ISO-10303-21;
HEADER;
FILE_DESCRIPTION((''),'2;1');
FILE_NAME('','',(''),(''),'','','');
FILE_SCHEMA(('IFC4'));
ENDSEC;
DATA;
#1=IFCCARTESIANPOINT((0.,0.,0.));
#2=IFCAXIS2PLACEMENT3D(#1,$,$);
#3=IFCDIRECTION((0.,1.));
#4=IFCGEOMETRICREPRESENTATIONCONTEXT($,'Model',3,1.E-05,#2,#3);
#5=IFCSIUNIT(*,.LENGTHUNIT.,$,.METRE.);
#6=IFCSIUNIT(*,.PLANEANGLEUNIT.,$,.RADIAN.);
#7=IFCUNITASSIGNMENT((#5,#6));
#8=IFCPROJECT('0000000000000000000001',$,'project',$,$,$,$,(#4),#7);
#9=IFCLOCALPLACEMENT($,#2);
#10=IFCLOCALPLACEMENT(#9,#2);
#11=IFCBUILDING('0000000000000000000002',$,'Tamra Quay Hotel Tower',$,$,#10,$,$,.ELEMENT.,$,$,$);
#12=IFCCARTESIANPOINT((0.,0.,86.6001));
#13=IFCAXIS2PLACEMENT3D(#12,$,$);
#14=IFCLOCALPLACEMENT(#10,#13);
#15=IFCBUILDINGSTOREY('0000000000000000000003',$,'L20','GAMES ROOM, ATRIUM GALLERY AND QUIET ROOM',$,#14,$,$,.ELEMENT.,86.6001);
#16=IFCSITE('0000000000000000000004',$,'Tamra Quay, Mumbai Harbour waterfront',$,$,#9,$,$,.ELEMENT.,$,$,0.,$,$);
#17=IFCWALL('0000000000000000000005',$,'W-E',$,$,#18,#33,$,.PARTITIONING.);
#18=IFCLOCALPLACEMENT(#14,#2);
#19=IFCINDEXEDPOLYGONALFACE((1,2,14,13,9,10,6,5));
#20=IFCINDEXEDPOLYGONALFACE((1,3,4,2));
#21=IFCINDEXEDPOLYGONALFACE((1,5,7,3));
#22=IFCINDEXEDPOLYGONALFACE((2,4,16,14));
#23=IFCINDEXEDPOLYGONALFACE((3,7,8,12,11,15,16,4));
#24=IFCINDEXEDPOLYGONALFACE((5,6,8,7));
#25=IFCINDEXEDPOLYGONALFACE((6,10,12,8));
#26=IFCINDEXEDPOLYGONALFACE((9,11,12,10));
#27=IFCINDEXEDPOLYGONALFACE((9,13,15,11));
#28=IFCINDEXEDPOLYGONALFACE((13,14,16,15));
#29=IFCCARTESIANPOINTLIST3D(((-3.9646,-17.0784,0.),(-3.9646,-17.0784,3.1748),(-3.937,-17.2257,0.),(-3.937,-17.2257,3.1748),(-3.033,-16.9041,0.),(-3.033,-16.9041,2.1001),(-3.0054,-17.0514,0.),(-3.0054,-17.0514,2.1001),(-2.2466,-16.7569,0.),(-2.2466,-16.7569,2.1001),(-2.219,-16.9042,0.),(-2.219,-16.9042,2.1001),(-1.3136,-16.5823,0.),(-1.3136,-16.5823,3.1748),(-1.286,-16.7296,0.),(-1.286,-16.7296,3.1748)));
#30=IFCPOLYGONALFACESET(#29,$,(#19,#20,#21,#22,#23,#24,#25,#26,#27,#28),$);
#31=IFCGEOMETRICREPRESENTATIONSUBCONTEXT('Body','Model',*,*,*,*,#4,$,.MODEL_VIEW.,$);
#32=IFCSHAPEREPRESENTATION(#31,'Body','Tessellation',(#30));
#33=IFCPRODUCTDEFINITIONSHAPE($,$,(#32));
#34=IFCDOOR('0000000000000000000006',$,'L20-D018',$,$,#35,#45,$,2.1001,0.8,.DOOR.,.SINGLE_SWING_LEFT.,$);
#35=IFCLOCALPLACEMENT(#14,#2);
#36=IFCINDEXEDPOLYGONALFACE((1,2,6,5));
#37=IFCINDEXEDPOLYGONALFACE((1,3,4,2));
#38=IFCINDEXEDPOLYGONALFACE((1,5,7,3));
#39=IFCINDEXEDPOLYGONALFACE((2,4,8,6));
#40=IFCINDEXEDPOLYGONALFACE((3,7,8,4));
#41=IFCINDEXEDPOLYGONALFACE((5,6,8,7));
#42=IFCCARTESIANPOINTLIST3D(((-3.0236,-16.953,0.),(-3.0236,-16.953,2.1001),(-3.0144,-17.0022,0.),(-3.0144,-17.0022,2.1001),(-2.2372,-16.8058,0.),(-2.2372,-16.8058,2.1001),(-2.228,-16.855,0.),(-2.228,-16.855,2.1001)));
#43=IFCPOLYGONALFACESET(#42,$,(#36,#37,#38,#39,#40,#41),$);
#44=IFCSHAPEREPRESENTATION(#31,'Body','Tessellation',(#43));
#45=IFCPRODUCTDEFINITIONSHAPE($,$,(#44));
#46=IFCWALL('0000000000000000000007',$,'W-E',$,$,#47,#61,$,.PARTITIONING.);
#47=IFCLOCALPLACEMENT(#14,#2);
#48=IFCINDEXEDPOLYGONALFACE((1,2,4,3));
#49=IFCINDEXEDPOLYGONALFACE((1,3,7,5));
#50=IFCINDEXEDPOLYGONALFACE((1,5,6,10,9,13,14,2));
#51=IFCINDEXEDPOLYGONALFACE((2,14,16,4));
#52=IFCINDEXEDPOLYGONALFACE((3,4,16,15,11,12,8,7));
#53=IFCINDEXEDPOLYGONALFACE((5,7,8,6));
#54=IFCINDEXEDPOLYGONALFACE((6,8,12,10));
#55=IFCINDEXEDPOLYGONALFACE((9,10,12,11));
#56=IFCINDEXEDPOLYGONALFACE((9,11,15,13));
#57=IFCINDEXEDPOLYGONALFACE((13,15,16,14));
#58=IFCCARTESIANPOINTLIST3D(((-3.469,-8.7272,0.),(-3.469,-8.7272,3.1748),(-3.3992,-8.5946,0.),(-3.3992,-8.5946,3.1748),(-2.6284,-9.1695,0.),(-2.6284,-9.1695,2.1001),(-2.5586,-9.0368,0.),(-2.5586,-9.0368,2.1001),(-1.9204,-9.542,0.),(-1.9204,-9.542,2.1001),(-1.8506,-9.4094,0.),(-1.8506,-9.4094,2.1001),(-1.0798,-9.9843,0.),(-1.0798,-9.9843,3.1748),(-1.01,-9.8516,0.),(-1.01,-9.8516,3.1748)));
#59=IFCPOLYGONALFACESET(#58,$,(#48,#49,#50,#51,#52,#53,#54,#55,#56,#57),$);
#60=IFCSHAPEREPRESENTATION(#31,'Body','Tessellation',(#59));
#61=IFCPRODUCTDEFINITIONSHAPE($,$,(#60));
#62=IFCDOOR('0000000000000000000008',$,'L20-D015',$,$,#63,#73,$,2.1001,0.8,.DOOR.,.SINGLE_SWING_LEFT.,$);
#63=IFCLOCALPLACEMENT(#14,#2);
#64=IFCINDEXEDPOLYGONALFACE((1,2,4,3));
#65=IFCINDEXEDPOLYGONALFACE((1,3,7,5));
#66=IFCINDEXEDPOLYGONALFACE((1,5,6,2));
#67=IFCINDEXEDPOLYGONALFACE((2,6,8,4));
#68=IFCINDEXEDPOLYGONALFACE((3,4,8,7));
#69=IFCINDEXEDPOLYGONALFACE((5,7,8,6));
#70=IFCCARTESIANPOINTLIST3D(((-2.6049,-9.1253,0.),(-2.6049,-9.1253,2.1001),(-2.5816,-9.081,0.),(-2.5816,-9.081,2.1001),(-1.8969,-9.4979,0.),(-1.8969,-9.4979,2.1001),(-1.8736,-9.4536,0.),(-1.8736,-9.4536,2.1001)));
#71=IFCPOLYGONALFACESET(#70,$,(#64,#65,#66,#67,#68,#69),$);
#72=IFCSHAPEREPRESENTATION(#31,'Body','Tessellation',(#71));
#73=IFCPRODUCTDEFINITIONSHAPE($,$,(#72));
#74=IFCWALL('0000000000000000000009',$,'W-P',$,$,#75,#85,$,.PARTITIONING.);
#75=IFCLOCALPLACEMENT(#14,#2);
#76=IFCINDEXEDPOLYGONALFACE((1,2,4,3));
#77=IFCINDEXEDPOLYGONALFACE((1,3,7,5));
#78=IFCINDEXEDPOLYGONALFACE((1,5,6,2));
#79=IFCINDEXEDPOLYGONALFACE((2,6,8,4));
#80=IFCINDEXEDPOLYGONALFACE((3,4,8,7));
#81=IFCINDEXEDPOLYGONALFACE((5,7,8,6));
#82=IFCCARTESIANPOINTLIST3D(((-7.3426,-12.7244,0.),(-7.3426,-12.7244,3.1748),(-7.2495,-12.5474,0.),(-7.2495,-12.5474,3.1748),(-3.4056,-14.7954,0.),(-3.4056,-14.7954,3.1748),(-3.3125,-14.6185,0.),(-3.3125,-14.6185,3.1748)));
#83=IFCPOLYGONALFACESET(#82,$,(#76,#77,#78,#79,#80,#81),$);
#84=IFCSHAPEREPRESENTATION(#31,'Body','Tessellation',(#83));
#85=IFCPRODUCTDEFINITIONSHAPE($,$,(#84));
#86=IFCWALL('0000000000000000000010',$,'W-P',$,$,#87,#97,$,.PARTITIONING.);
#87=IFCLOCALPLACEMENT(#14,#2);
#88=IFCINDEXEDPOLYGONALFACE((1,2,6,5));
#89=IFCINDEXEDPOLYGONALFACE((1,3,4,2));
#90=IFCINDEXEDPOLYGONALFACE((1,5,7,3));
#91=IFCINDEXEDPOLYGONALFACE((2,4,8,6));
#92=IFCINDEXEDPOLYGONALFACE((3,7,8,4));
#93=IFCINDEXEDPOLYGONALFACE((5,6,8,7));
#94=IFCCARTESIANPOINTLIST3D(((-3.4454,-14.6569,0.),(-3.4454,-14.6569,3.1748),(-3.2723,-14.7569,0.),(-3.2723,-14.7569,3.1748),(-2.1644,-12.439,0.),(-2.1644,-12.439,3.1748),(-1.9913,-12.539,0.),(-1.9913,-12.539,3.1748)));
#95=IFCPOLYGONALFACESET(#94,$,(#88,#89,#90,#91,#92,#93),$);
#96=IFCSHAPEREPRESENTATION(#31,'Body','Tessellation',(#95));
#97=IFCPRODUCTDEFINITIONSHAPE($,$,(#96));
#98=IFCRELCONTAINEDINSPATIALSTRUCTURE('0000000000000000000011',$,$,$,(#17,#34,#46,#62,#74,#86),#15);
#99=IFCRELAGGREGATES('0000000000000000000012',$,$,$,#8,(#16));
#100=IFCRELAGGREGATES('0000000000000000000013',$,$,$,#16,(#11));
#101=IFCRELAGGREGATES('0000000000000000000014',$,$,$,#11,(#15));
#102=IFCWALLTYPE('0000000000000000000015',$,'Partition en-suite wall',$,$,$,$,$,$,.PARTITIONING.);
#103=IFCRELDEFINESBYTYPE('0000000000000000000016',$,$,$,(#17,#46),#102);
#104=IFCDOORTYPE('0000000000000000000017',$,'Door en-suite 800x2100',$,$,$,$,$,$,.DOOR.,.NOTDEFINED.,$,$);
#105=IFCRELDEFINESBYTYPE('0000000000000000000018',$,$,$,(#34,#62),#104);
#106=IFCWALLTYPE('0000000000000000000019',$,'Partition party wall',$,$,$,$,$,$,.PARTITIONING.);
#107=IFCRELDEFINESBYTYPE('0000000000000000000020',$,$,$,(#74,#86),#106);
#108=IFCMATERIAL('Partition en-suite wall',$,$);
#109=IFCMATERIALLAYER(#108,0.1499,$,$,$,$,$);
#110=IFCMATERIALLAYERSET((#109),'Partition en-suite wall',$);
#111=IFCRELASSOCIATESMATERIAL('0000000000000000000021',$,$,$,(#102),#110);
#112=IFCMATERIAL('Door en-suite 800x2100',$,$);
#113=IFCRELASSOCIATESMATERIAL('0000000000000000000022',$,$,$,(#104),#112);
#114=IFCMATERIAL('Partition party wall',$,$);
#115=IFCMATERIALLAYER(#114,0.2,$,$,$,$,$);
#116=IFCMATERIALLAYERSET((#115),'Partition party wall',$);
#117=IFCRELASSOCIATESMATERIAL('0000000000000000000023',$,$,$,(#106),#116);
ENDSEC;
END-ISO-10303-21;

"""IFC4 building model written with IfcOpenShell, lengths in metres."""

from ifc_helpers import new_model, si_unit, direction, frame, frame_2d, origin, place, context, subcontext, project, spatial, rectangle, extrude, material, layer, layer_set, type_object, element, fill, save


model = new_model("IFC4")

# Units and contexts
model_context = context("Model", 3, precision=1e-05, world=origin(), true_north=direction((0.0, 1.0)))
body_context = subcontext(model_context, "Body", "Model", "MODEL_VIEW")
ifc_project = project(units=[si_unit("LENGTHUNIT", "METRE"), si_unit("PLANEANGLEUNIT", "RADIAN")], contexts=[model_context])

# Site, building, storey
site_placement = place(None, origin())
site = spatial("IfcSite", under=ifc_project, at=site_placement, Name="Tamra Quay, Mumbai Harbour waterfront", CompositionType="ELEMENT", RefElevation=0.0)
building_placement = place(site_placement, origin())
building = spatial("IfcBuilding", under=site, at=building_placement, Name="Tamra Quay Hotel Tower", CompositionType="ELEMENT")
storey_placement = place(building_placement, frame((0.0, 0.0, 86.6001)))
storey = spatial("IfcBuildingStorey", under=building, at=storey_placement, Name="L20", Description="GAMES ROOM, ATRIUM GALLERY AND QUIET ROOM", CompositionType="ELEMENT", Elevation=86.6001)

# Shared definitions
ifc_material_1 = material(Name="Partition en-suite wall")
ifc_layer_1 = layer(ifc_material_1, 0.1499)
ifc_layer_set_1 = layer_set([ifc_layer_1], Name="Partition en-suite wall")
wall_type_1 = type_object("IfcWallType", Name="Partition en-suite wall", PredefinedType="PARTITIONING", material=ifc_layer_set_1)

# Walls, openings, doors
wall_1_placement = place(storey_placement, frame((-3.9509, -17.1521, 0.0), z_axis=(0.0, 0.0, 1.0), x_axis=(0.982936, 0.18395, 0.0)))
wall_1 = element("IfcWall", 1, at=wall_1_placement, inside=storey, type_object=wall_type_1, Name="W-E", PredefinedType="PARTITIONING", context=body_context, shape_type="SweptSolid", body=[
    extrude(rectangle(XDim=2.697, YDim=0.1499, at=frame_2d((1.3486, 0.0))), origin(), (0.0, 0.0, 1.0), 3.1748),
])
opening_1_placement = place(wall_1_placement, frame((0.948, 0.0, 0.0)))
opening_1 = element("IfcOpeningElement", 2, at=opening_1_placement, cuts=wall_1, PredefinedType="OPENING", context=body_context, shape_type="SweptSolid", body=[
    extrude(rectangle(XDim=0.8, YDim=2.1001, at=frame_2d((0.3999, 1.05))), frame((0.0, 0.085, 0.0), z_axis=(0.0, -1.0, 0.0), x_axis=(1.0, 0.0, 0.0)), (0.0, 0.0, 1.0), 0.1699),
])
ifc_material_2 = material(Name="Door en-suite 800x2100")
door_type_1 = type_object("IfcDoorType", Name="Door en-suite 800x2100", OperationType="NOTDEFINED", PredefinedType="DOOR", material=ifc_material_2)
door_1_placement = place(opening_1_placement, frame((0.8, 0.0, 0.0), z_axis=(0.0, 0.0, 1.0), x_axis=(-1.0, 0.0, 0.0)))
door_1 = element("IfcDoor", 3, at=door_1_placement, inside=storey, type_object=door_type_1, Name="L20-D018", OperationType="SINGLE_SWING_LEFT", OverallHeight=2.1001, OverallWidth=0.8, PredefinedType="DOOR", context=body_context, shape_type="SweptSolid", body=[
    extrude(rectangle(XDim=0.8, YDim=2.1001, at=frame_2d((0.3999, 1.05))), frame((0.0, 0.0249, 0.0), z_axis=(0.0, -1.0, 0.0), x_axis=(1.0, 0.0, 0.0)), (0.0, 0.0, 1.0), 0.05),
])
fill(opening_1, door_1)
wall_2_placement = place(storey_placement, frame((-3.4341, -8.6609, 0.0), z_axis=(0.0, 0.0, 1.0), x_axis=(0.884975, -0.465638, 0.0)))
wall_2 = element("IfcWall", 4, at=wall_2_placement, inside=storey, type_object=wall_type_1, Name="W-E", PredefinedType="PARTITIONING", context=body_context, shape_type="SweptSolid", body=[
    extrude(rectangle(XDim=2.6997, YDim=0.1499, at=frame_2d((1.3499, 0.0))), origin(), (0.0, 0.0, 1.0), 3.1748),
])
opening_2_placement = place(wall_2_placement, frame((0.95, 0.0, 0.0)))
opening_2 = element("IfcOpeningElement", 5, at=opening_2_placement, cuts=wall_2, PredefinedType="OPENING", context=body_context, shape_type="SweptSolid", body=[
    extrude(rectangle(XDim=0.8, YDim=2.1001, at=frame_2d((0.3999, 1.05))), frame((0.0, 0.085, 0.0), z_axis=(0.0, -1.0, 0.0), x_axis=(1.0, 0.0, 0.0)), (0.0, 0.0, 1.0), 0.1699),
])
door_2_placement = place(opening_2_placement, frame((0.8, 0.0, 0.0), z_axis=(0.0, 0.0, 1.0), x_axis=(-1.0, 0.0, 0.0)))
door_2 = element("IfcDoor", 6, at=door_2_placement, inside=storey, type_object=door_type_1, Name="L20-D015", OperationType="SINGLE_SWING_LEFT", OverallHeight=2.1001, OverallWidth=0.8, PredefinedType="DOOR", context=body_context, shape_type="SweptSolid", body=[
    extrude(rectangle(XDim=0.8, YDim=2.1001, at=frame_2d((0.3999, 1.05))), frame((0.0, 0.0249, 0.0), z_axis=(0.0, -1.0, 0.0), x_axis=(1.0, 0.0, 0.0)), (0.0, 0.0, 1.0), 0.05),
])
fill(opening_2, door_2)

# Walls
ifc_material_3 = material(Name="Partition party wall")
ifc_layer_2 = layer(ifc_material_3, 0.2)
ifc_layer_set_2 = layer_set([ifc_layer_2], Name="Partition party wall")
wall_type_2 = type_object("IfcWallType", Name="Partition party wall", PredefinedType="PARTITIONING", material=ifc_layer_set_2)
wall_3_placement = place(storey_placement, frame((-7.2959, -12.636, 0.0), z_axis=(0.0, 0.0, 1.0), x_axis=(0.885017, -0.465559, 0.0)))
element("IfcWall", 7, at=wall_3_placement, inside=storey, type_object=wall_type_2, Name="W-P", PredefinedType="PARTITIONING", context=body_context, shape_type="SweptSolid", body=[
    extrude(rectangle(XDim=4.4485, YDim=0.2, at=frame_2d((2.2241, 0.0))), origin(), (0.0, 0.0, 1.0), 3.1748),
])
wall_4_placement = place(storey_placement, frame((-3.3589, -14.707, 0.0), z_axis=(0.0, 0.0, 1.0), x_axis=(0.500127, 0.865952, 0.0)))
element("IfcWall", 8, at=wall_4_placement, inside=storey, type_object=wall_type_2, Name="W-P", PredefinedType="PARTITIONING", context=body_context, shape_type="SweptSolid", body=[
    extrude(rectangle(XDim=2.5613, YDim=0.2, at=frame_2d((1.2808, 0.0))), origin(), (0.0, 0.0, 1.0), 3.1748),
])

save(model, "model.ifc")
